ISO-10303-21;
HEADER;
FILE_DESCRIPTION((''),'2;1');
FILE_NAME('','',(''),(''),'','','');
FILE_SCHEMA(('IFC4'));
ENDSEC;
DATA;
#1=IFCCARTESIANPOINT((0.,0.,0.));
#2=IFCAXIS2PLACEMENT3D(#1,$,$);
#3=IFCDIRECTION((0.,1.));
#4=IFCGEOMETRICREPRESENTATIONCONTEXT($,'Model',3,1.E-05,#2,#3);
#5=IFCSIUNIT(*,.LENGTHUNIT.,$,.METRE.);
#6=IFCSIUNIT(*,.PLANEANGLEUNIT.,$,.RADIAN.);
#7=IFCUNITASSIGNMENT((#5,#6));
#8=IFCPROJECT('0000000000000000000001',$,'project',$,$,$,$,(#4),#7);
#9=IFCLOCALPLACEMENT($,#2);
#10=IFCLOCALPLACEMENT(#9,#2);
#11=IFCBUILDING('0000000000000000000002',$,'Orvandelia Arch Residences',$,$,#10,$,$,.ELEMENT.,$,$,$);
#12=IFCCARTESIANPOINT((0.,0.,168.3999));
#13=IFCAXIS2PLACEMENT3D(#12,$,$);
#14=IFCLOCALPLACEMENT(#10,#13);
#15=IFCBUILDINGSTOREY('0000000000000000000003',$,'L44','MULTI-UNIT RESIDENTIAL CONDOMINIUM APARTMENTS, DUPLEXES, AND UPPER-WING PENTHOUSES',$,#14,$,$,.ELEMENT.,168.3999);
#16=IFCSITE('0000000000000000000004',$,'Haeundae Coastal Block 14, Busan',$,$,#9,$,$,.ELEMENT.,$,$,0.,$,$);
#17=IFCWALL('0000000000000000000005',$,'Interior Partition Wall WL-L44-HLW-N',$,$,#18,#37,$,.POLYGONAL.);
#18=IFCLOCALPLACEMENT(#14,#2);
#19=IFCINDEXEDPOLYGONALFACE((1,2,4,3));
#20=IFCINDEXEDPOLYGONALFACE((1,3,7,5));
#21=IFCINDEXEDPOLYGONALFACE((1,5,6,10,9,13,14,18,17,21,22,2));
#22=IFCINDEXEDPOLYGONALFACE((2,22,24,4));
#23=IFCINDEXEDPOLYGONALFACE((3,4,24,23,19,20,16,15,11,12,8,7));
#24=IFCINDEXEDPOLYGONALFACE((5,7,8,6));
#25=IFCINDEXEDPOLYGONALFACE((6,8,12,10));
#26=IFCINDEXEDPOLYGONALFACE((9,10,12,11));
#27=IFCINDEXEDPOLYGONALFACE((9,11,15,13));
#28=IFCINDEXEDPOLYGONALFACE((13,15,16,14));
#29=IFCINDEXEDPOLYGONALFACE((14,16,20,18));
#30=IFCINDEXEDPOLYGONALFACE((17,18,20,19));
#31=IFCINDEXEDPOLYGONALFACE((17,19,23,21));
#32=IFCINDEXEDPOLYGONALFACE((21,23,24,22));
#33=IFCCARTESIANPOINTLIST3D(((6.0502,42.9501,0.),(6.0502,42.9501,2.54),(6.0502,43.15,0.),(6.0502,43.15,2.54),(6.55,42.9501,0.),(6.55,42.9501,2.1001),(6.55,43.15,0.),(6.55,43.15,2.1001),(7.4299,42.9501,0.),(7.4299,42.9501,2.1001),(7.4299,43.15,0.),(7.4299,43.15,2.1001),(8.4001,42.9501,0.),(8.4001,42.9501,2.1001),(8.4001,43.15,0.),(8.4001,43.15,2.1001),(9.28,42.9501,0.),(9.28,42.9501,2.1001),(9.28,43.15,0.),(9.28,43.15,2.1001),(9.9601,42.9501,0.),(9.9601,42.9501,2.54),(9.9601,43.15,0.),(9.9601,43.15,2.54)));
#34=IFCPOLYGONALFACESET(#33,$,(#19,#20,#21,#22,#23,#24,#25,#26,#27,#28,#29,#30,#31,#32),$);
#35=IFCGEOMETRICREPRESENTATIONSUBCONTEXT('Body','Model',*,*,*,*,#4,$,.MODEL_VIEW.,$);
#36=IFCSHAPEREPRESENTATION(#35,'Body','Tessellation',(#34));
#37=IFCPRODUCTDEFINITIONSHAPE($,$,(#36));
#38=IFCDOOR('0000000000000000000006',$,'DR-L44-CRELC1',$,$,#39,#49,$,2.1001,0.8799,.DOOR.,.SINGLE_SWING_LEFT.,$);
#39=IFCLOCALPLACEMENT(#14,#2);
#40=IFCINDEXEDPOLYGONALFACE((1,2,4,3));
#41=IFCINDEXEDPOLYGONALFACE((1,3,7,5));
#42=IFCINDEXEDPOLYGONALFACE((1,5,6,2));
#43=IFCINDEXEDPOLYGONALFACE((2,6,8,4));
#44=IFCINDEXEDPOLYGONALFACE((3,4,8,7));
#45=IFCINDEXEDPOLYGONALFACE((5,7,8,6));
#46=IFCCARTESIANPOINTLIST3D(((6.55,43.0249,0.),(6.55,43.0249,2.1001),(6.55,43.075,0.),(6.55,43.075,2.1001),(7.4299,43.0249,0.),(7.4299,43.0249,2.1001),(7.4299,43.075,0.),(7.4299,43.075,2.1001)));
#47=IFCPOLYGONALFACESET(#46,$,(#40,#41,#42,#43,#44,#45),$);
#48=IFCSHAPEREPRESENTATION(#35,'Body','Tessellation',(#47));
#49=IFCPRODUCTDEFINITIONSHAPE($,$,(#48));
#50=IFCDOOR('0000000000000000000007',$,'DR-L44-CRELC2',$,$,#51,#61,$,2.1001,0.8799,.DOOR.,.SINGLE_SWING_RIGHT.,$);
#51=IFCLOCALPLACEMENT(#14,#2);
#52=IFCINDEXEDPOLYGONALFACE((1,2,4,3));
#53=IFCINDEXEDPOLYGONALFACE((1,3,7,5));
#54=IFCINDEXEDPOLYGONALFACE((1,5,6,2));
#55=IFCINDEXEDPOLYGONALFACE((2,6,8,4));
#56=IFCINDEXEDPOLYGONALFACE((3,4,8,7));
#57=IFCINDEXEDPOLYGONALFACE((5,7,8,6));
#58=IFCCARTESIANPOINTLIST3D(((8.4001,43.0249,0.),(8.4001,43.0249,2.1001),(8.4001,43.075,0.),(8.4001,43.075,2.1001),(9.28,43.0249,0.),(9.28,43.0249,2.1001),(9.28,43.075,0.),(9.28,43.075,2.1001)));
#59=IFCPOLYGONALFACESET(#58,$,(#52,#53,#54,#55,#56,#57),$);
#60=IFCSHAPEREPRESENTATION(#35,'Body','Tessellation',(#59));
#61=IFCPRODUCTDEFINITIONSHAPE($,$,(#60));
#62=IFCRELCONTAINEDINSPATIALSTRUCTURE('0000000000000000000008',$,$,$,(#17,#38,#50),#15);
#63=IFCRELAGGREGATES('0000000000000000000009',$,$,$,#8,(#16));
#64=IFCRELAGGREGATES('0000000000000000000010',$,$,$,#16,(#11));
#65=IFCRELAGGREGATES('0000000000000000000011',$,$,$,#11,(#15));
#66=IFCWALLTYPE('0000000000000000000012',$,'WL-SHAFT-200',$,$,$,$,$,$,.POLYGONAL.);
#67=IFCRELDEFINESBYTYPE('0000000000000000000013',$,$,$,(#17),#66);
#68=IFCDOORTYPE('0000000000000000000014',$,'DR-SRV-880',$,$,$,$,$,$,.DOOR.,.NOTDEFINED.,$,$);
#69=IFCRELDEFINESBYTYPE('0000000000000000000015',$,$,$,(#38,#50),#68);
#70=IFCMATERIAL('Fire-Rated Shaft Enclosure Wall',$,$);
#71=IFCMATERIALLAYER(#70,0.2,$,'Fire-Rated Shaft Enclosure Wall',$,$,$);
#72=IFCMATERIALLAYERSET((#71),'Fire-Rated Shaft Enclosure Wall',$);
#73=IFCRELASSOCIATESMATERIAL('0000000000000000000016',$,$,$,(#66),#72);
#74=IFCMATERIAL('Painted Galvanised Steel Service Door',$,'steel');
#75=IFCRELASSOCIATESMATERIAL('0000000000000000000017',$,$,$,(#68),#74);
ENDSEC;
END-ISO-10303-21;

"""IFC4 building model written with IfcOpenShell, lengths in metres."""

from ifc_helpers import new_model, si_unit, direction, frame, frame_2d, origin, place, context, subcontext, project, spatial, rectangle, extrude, material, layer, layer_set, type_object, element, fill, save


model = new_model("IFC4")

# Units and contexts
model_context = context("Model", 3, precision=1e-05, world=origin(), true_north=direction((0.0, 1.0)))
body_context = subcontext(model_context, "Body", "Model", "MODEL_VIEW")
ifc_project = project(units=[si_unit("LENGTHUNIT", "METRE"), si_unit("PLANEANGLEUNIT", "RADIAN")], contexts=[model_context])

# Site, building, storey
site_placement = place(None, origin())
site = spatial("IfcSite", under=ifc_project, at=site_placement, Name="Haeundae Coastal Block 14, Busan", CompositionType="ELEMENT", RefElevation=0.0)
building_placement = place(site_placement, origin())
building = spatial("IfcBuilding", under=site, at=building_placement, Name="Orvandelia Arch Residences", CompositionType="ELEMENT")
storey_placement = place(building_placement, frame((0.0, 0.0, 168.3999)))
storey = spatial("IfcBuildingStorey", under=building, at=storey_placement, Name="L44", Description="MULTI-UNIT RESIDENTIAL CONDOMINIUM APARTMENTS, DUPLEXES, AND UPPER-WING PENTHOUSES", CompositionType="ELEMENT", Elevation=168.3999)

# Wall, openings, doors
ifc_material_1 = material(Name="Fire-Rated Shaft Enclosure Wall")
ifc_layer_1 = layer(ifc_material_1, 0.2, Name="Fire-Rated Shaft Enclosure Wall")
ifc_layer_set_1 = layer_set([ifc_layer_1], Name="Fire-Rated Shaft Enclosure Wall")
wall_type_1 = type_object("IfcWallType", Name="WL-SHAFT-200", PredefinedType="POLYGONAL", material=ifc_layer_set_1)
wall_1_placement = place(storey_placement, frame((6.05, 43.05, 0.0), z_axis=(0.0, 0.0, 1.0), x_axis=(1.0, 0.0, 0.0)))
wall_1 = element("IfcWall", 1, at=wall_1_placement, inside=storey, type_object=wall_type_1, Name="Interior Partition Wall WL-L44-HLW-N", PredefinedType="POLYGONAL", context=body_context, shape_type="SweptSolid", body=[
    extrude(rectangle(XDim=3.9099, YDim=0.2, at=frame_2d((1.9551, 0.0))), origin(), (0.0, 0.0, 1.0), 2.54),
])
opening_1_placement = place(wall_1_placement, frame((0.5, 0.0, 0.0)))
opening_1 = element("IfcOpeningElement", 2, at=opening_1_placement, cuts=wall_1, PredefinedType="OPENING", context=body_context, shape_type="SweptSolid", body=[
    extrude(rectangle(XDim=0.8799, YDim=2.1001, at=frame_2d((0.4399, 1.05))), frame((0.0, 0.1099, 0.0), z_axis=(0.0, -1.0, 0.0), x_axis=(1.0, 0.0, 0.0)), (0.0, 0.0, 1.0), 0.22),
])
opening_2_placement = place(wall_1_placement, frame((2.3501, 0.0, 0.0)))
opening_2 = element("IfcOpeningElement", 3, at=opening_2_placement, cuts=wall_1, PredefinedType="OPENING", context=body_context, shape_type="SweptSolid", body=[
    extrude(rectangle(XDim=0.8799, YDim=2.1001, at=frame_2d((0.4399, 1.05))), frame((0.0, 0.1099, 0.0), z_axis=(0.0, -1.0, 0.0), x_axis=(1.0, 0.0, 0.0)), (0.0, 0.0, 1.0), 0.22),
])
ifc_material_2 = material(Name="Painted Galvanised Steel Service Door", Category="steel")
door_type = type_object("IfcDoorType", Name="DR-SRV-880", OperationType="NOTDEFINED", PredefinedType="DOOR", material=ifc_material_2)
door_1_placement = place(opening_1_placement, origin())
door_1 = element("IfcDoor", 4, at=door_1_placement, inside=storey, type_object=door_type, Name="DR-L44-CRELC1", OperationType="SINGLE_SWING_LEFT", OverallHeight=2.1001, OverallWidth=0.8799, PredefinedType="DOOR", context=body_context, shape_type="SweptSolid", body=[
    extrude(rectangle(XDim=0.8799, YDim=2.1001, at=frame_2d((0.4399, 1.05))), frame((0.0, 0.0249, 0.0), z_axis=(0.0, -1.0, 0.0), x_axis=(1.0, 0.0, 0.0)), (0.0, 0.0, 1.0), 0.05),
])
fill(opening_1, door_1)
door_2_placement = place(opening_2_placement, origin())
door_2 = element("IfcDoor", 5, at=door_2_placement, inside=storey, type_object=door_type, Name="DR-L44-CRELC2", OperationType="SINGLE_SWING_RIGHT", OverallHeight=2.1001, OverallWidth=0.8799, PredefinedType="DOOR", context=body_context, shape_type="SweptSolid", body=[
    extrude(rectangle(XDim=0.8799, YDim=2.1001, at=frame_2d((0.4399, 1.05))), frame((0.0, 0.0249, 0.0), z_axis=(0.0, -1.0, 0.0), x_axis=(1.0, 0.0, 0.0)), (0.0, 0.0, 1.0), 0.05),
])
fill(opening_2, door_2)

save(model, "model.ifc")
